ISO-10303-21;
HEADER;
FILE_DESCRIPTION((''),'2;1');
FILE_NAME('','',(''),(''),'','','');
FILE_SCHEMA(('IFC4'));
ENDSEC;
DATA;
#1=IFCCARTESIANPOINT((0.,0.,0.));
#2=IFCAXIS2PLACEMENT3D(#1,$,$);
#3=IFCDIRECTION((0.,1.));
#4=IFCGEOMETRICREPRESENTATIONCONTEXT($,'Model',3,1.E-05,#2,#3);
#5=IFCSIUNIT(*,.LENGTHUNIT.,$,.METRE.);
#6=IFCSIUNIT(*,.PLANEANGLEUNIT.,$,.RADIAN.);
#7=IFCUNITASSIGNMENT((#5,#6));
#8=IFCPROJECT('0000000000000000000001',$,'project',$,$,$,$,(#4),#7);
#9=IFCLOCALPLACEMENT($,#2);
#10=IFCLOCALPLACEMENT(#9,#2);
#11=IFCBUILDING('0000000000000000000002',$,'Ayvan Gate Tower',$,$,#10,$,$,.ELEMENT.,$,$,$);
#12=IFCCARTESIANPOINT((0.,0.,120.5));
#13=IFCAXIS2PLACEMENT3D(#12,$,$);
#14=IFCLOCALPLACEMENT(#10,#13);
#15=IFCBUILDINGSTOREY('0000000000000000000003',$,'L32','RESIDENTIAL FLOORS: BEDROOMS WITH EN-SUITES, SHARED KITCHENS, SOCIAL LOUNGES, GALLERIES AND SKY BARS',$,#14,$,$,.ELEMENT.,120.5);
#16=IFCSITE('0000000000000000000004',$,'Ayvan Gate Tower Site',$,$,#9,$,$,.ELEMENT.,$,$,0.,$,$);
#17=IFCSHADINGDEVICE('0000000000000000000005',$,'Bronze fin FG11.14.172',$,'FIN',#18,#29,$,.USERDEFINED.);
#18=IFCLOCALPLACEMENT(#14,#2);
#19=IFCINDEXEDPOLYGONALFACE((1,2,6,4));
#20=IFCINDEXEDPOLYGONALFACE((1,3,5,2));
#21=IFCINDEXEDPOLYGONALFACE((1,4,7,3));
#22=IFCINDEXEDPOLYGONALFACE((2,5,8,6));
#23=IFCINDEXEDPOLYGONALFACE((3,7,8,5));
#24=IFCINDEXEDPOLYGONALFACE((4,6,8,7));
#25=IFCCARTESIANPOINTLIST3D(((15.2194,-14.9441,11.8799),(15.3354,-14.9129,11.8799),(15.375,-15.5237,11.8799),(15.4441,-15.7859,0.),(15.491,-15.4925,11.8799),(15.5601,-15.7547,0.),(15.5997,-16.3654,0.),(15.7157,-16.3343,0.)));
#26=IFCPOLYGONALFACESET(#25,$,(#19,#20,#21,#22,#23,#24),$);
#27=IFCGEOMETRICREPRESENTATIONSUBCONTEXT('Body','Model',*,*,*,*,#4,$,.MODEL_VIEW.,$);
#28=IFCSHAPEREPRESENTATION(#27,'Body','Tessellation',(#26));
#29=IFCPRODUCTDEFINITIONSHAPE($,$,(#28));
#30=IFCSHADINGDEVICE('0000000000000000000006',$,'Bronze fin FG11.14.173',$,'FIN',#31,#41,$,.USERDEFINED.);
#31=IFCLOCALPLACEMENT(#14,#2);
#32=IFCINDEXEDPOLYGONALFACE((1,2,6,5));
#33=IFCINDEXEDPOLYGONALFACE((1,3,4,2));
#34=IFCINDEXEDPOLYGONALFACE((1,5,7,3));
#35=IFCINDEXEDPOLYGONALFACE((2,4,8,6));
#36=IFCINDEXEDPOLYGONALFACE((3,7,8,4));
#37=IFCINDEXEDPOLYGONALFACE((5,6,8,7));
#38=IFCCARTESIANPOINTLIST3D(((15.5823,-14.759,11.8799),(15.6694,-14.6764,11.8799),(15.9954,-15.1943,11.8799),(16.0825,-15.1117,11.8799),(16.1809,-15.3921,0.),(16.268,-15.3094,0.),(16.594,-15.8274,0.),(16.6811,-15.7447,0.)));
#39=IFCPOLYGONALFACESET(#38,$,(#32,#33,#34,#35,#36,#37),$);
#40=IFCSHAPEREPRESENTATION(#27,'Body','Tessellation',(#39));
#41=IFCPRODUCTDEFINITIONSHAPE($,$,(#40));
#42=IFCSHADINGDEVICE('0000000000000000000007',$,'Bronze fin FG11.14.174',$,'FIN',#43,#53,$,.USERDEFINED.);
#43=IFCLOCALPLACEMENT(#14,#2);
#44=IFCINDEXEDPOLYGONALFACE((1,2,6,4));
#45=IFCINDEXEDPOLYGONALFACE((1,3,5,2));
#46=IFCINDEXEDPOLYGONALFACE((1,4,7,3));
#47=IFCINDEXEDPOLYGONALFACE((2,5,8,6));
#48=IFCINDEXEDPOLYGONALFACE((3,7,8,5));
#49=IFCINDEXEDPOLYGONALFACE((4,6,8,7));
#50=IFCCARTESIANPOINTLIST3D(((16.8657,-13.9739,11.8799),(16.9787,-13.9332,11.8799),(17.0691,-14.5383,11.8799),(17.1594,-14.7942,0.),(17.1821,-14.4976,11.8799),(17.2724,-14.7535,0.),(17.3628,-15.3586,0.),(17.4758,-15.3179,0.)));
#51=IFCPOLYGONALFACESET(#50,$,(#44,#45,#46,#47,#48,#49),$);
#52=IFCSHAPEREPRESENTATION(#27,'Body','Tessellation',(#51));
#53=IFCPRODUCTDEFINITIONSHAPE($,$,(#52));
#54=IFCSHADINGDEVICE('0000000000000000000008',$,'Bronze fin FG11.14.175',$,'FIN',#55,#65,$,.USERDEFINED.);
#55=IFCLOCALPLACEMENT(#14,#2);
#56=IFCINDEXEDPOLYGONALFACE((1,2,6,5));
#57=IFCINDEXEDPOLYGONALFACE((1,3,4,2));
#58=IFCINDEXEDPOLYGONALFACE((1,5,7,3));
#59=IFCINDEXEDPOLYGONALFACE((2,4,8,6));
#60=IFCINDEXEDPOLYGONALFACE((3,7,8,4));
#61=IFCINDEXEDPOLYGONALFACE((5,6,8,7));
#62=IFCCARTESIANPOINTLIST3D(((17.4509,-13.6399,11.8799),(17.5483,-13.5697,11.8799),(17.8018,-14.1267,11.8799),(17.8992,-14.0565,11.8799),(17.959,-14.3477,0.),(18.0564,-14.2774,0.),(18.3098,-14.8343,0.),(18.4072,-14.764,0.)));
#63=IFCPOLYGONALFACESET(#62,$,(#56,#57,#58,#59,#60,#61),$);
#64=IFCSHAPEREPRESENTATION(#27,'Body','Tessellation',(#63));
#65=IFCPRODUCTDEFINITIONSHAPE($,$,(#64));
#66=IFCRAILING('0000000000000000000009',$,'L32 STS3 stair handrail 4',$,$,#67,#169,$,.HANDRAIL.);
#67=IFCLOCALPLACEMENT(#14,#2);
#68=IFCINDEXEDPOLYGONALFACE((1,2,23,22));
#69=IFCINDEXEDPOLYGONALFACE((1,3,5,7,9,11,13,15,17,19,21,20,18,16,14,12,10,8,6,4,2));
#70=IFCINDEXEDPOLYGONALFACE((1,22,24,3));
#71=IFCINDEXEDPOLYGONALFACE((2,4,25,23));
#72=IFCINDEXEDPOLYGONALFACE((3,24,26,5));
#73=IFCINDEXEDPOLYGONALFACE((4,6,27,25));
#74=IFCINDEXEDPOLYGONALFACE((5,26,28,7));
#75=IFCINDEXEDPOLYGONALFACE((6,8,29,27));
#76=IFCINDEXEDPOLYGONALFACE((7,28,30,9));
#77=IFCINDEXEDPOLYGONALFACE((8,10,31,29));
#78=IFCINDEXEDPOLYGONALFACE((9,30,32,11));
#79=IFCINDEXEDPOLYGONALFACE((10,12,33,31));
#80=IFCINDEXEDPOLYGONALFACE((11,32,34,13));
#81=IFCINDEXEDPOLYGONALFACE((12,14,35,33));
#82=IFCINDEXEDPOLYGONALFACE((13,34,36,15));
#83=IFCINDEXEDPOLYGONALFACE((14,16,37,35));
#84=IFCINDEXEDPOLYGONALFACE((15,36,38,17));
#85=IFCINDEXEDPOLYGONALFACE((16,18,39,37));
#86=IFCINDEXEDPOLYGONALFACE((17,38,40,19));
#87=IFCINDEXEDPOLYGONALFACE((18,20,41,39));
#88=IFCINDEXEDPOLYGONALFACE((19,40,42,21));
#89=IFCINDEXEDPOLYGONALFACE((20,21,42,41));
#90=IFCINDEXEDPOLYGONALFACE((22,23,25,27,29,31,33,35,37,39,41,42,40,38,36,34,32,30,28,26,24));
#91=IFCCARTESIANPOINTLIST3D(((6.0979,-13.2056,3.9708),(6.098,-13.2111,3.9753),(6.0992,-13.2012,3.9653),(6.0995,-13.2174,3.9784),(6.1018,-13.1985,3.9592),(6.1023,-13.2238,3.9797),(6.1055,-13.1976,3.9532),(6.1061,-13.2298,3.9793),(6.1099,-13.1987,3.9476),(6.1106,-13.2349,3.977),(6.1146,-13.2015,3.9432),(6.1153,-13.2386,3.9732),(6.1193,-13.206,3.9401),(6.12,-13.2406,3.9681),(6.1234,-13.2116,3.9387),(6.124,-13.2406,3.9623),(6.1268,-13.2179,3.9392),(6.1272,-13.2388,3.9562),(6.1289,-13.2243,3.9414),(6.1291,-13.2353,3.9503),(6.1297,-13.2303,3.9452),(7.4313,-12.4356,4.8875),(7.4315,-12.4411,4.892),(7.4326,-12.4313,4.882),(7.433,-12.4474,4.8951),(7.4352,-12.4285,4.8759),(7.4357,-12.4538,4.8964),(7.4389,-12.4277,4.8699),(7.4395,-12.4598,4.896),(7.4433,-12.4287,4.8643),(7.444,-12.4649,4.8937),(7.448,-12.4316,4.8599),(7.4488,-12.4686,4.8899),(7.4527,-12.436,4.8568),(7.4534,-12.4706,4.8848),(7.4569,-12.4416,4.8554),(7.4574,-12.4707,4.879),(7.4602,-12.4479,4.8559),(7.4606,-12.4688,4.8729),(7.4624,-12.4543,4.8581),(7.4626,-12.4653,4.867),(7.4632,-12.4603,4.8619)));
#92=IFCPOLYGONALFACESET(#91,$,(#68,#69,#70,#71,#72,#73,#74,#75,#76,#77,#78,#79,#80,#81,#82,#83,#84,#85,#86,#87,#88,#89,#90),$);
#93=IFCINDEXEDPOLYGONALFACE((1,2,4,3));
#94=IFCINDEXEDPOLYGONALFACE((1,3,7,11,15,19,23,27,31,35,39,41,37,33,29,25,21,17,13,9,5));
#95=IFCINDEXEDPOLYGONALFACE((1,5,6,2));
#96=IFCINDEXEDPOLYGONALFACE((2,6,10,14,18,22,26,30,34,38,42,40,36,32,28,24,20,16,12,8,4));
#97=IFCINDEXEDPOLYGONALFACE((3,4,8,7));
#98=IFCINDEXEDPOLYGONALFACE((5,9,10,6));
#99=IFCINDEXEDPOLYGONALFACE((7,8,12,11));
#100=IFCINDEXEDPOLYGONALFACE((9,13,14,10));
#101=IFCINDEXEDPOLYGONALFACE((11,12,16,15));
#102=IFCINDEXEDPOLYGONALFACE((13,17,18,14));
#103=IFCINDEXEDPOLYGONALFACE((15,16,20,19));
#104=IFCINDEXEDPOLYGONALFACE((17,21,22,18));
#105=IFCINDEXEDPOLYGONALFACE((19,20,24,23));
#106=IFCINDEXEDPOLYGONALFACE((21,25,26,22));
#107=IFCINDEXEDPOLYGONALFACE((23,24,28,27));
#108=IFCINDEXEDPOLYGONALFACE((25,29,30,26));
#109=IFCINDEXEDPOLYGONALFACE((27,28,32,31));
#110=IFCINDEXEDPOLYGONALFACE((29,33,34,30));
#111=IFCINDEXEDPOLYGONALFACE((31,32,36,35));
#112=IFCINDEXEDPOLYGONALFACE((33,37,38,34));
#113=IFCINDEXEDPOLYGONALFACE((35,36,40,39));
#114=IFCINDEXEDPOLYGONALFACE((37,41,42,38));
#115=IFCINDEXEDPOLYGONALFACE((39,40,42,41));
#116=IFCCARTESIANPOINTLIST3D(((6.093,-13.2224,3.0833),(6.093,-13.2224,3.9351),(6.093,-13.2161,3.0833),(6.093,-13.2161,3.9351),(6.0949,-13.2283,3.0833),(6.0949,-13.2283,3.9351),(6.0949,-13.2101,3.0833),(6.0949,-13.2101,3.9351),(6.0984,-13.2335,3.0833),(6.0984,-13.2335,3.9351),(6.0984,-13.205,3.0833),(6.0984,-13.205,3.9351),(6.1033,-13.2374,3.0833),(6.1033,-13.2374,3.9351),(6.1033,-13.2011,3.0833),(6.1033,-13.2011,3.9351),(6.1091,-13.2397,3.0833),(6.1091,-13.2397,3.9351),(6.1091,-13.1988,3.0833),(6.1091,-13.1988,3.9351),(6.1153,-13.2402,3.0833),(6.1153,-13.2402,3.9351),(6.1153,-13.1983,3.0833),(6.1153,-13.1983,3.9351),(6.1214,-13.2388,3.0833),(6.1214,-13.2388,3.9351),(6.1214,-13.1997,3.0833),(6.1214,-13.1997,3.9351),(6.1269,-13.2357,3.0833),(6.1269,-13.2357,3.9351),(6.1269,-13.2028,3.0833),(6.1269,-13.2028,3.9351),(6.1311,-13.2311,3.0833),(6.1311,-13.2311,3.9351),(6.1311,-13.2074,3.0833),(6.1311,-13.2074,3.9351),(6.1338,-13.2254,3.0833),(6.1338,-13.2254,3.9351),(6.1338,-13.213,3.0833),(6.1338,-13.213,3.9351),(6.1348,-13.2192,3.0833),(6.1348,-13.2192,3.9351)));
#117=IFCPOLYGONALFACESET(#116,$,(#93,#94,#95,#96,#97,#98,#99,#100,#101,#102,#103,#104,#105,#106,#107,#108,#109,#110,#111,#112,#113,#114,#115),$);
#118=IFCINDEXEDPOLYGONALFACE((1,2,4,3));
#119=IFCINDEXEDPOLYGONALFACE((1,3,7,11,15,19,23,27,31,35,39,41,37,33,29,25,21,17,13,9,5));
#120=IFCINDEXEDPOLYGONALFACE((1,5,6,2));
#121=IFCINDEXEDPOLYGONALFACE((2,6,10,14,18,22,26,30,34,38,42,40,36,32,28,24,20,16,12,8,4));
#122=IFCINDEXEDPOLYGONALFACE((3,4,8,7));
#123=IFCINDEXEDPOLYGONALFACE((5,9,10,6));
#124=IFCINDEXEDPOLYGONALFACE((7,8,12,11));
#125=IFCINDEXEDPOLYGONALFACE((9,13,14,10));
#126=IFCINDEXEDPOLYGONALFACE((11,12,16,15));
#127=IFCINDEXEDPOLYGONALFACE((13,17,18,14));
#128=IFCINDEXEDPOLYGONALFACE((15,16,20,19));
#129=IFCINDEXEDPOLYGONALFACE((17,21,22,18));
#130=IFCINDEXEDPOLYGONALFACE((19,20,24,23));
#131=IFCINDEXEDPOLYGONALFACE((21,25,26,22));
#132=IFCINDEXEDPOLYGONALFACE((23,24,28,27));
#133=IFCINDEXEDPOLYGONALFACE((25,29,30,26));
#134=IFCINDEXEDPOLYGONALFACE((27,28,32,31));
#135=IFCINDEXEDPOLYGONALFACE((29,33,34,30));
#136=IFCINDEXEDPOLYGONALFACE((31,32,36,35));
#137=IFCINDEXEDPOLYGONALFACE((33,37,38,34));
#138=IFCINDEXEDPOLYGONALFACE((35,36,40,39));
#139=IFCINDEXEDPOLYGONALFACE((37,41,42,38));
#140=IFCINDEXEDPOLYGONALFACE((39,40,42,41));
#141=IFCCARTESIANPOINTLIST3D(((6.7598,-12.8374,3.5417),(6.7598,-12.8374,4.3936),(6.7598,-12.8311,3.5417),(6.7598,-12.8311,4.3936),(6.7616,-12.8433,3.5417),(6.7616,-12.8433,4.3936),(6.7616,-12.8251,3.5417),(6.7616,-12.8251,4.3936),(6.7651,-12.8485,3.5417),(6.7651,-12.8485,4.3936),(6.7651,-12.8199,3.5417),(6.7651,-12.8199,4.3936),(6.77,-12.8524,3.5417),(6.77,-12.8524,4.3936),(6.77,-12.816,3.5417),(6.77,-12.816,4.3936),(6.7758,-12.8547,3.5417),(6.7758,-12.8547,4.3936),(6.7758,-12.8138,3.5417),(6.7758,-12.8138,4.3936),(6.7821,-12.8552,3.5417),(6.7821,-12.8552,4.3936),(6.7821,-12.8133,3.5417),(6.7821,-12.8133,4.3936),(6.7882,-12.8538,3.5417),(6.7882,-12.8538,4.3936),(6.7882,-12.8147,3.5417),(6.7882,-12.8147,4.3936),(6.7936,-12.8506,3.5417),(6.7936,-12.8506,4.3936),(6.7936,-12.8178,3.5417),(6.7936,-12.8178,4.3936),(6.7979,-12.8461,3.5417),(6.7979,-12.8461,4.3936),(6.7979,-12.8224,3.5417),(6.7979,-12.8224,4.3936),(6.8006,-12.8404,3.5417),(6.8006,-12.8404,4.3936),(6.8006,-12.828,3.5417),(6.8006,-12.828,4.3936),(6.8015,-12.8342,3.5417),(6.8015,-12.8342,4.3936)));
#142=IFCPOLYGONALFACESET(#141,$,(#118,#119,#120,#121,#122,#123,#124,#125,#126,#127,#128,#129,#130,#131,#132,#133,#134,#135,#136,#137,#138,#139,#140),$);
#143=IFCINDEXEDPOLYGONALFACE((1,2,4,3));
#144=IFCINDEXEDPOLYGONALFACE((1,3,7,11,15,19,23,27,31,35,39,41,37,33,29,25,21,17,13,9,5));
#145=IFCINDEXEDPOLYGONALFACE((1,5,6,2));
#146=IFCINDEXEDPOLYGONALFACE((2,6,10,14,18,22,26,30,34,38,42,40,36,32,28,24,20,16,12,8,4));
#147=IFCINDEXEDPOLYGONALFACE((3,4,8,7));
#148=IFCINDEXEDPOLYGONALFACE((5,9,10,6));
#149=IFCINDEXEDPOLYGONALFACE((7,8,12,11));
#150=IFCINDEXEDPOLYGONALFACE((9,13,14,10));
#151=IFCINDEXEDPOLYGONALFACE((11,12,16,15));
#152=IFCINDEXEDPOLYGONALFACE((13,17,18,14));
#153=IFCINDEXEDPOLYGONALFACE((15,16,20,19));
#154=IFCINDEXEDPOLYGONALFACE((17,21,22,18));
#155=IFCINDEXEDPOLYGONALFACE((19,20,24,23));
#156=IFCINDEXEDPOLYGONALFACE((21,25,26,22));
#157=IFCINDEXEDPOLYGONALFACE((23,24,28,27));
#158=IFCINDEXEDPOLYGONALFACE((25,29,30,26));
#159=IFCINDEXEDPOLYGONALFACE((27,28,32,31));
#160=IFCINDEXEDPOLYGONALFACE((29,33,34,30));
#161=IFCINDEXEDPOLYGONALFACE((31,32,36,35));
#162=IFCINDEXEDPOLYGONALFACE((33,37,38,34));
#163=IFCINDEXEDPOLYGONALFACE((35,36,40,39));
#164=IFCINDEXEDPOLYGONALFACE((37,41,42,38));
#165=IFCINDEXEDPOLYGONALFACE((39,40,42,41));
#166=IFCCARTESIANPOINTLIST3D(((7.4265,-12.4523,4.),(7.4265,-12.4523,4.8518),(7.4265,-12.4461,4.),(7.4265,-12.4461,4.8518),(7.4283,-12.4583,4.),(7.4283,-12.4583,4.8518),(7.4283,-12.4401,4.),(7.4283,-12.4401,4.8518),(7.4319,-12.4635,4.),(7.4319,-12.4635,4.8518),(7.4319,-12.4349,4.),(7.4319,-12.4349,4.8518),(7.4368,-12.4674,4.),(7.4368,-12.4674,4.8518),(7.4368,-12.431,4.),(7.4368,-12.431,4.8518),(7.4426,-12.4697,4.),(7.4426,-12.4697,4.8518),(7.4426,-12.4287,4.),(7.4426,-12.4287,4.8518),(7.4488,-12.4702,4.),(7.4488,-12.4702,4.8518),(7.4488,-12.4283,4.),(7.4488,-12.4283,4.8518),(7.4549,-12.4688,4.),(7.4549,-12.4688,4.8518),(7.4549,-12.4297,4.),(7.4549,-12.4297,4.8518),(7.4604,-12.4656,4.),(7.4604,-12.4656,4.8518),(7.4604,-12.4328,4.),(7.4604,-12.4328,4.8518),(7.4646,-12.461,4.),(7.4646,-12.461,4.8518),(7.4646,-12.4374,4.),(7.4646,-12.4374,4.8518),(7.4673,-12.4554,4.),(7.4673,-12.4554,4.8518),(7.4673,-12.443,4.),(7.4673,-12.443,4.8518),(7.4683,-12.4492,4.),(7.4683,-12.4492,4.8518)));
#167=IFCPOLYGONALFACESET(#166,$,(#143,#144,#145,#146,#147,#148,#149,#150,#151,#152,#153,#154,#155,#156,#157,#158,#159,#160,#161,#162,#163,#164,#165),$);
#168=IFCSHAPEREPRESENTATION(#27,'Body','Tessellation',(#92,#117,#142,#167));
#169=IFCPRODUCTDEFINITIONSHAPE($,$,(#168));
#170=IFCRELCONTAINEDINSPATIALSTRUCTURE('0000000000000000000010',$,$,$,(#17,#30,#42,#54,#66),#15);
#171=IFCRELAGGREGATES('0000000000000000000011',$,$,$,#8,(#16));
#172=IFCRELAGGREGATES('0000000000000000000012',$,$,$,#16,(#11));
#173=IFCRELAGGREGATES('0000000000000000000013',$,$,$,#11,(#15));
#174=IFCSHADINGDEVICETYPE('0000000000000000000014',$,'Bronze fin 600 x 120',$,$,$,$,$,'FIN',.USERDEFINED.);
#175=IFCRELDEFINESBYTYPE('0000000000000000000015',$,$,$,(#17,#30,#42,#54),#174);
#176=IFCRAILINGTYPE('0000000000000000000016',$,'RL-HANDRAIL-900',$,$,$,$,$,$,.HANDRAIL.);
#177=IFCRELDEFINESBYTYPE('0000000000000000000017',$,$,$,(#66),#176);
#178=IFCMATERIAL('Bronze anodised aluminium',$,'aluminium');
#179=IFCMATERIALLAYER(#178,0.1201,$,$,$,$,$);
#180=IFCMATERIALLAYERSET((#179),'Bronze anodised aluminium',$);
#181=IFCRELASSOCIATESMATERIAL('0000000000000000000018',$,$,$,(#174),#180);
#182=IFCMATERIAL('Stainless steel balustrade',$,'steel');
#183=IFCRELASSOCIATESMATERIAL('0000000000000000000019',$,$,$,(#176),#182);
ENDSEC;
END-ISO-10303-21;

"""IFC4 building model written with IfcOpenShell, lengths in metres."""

from ifc_helpers import new_model, si_unit, direction, frame, origin, origin_2d, place, context, subcontext, project, spatial, polyline, circle, outline, extrude, material, layer, layer_set, type_object, element, save


model = new_model("IFC4")

# Units and contexts
model_context = context("Model", 3, precision=1e-05, world=origin(), true_north=direction((0.0, 1.0)))
body_context = subcontext(model_context, "Body", "Model", "MODEL_VIEW")
ifc_project = project(units=[si_unit("LENGTHUNIT", "METRE"), si_unit("PLANEANGLEUNIT", "RADIAN")], contexts=[model_context])

# Site, building, storey
site_placement = place(None, origin())
site = spatial("IfcSite", under=ifc_project, at=site_placement, Name="Ayvan Gate Tower Site", CompositionType="ELEMENT", RefElevation=0.0)
building_placement = place(site_placement, origin())
building = spatial("IfcBuilding", under=site, at=building_placement, Name="Ayvan Gate Tower", CompositionType="ELEMENT")
storey_placement = place(building_placement, frame((0.0, 0.0, 120.5)))
storey = spatial("IfcBuildingStorey", under=building, at=storey_placement, Name="L32", Description="RESIDENTIAL FLOORS: BEDROOMS WITH EN-SUITES, SHARED KITCHENS, SOCIAL LOUNGES, GALLERIES AND SKY BARS", CompositionType="ELEMENT", Elevation=120.5)

# Shared definitions
ifc_material_1 = material(Name="Bronze anodised aluminium", Category="aluminium")

# Shading devices
ifc_layer_1 = layer(ifc_material_1, 0.1201)
ifc_layer_set_1 = layer_set([ifc_layer_1], Name="Bronze anodised aluminium")
shading_device_type = type_object("IfcShadingDeviceType", Name="Bronze fin 600 x 120", ElementType="FIN", PredefinedType="USERDEFINED", material=ifc_layer_set_1)
shading_device_1_placement = place(storey_placement, frame((15.4441, -15.7859, 0.0), z_axis=(-0.965784, -0.259346, 0.000107), x_axis=(0.259346, -0.965784, 0.0)))
element("IfcShadingDevice", 1, at=shading_device_1_placement, inside=storey, type_object=shading_device_type, Name="Bronze fin FG11.14.172", ObjectType="FIN", PredefinedType="USERDEFINED", context=body_context, shape_type="SweptSolid", body=[
    extrude(outline(polyline([(0.0, 0.0), (0.6001, 0.0), (-0.2712, 11.8799), (-0.8713, 11.8799), (0.0, 0.0)])), origin(), (0.0, 0.0, -1.0), 0.1201),
])
shading_device_2_placement = place(storey_placement, frame((16.1809, -15.3921, 0.0), z_axis=(-0.725375, -0.688354, 0.000129), x_axis=(0.688354, -0.725375, 0.0)))
element("IfcShadingDevice", 2, at=shading_device_2_placement, inside=storey, type_object=shading_device_type, Name="Bronze fin FG11.14.173", ObjectType="FIN", PredefinedType="USERDEFINED", context=body_context, shape_type="SweptSolid", body=[
    extrude(outline(polyline([(0.0, 0.0), (0.6001, 0.0), (-0.2712, 11.8799), (-0.8713, 11.8799), (0.0, 0.0)])), origin(), (0.0, 0.0, -1.0), 0.1201),
])
shading_device_3_placement = place(storey_placement, frame((17.1594, -14.7942, 0.0), z_axis=(-0.940799, -0.338964, 0.000147), x_axis=(0.338964, -0.940799, 0.0)))
element("IfcShadingDevice", 3, at=shading_device_3_placement, inside=storey, type_object=shading_device_type, Name="Bronze fin FG11.14.174", ObjectType="FIN", PredefinedType="USERDEFINED", context=body_context, shape_type="SweptSolid", body=[
    extrude(outline(polyline([(0.0, 0.0), (0.6, 0.0), (-0.2713, 11.8799), (-0.8713, 11.8799), (0.0, 0.0)])), origin(), (0.0, 0.0, -1.0), 0.1201),
])
shading_device_4_placement = place(storey_placement, frame((17.959, -14.3477, 0.0), z_axis=(-0.81121, -0.584755, 0.000139), x_axis=(0.584755, -0.81121, 0.0)))
element("IfcShadingDevice", 4, at=shading_device_4_placement, inside=storey, type_object=shading_device_type, Name="Bronze fin FG11.14.175", ObjectType="FIN", PredefinedType="USERDEFINED", context=body_context, shape_type="SweptSolid", body=[
    extrude(outline(polyline([(0.0, 0.0), (0.5999, 0.0), (-0.2712, 11.8799), (-0.8712, 11.8799), (0.0, 0.0)])), origin(), (0.0, 0.0, -1.0), 0.1201),
])

# Railing
ifc_material_2 = material(Name="Stainless steel balustrade", Category="steel")
railing_type = type_object("IfcRailingType", Name="RL-HANDRAIL-900", PredefinedType="HANDRAIL", material=ifc_material_2)
railing_placement = place(storey_placement, frame((6.1138, -13.2192, 3.0833)))
element("IfcRailing", 5, at=railing_placement, inside=storey, type_object=railing_type, Name="L32 STS3 stair handrail 4", PredefinedType="HANDRAIL", context=body_context, shape_type="SweptSolid", body=[
    extrude(circle(Radius=0.0239, at=origin_2d()), frame((0.0, 0.0, 0.876), z_axis=(0.744103, 0.429678, 0.511554), x_axis=(-0.500061, 0.86599, 0.0)), (0.0, 0.0, 1.0), 1.792),
    extrude(circle(Radius=0.021, at=origin_2d()), origin(), (0.0, 0.0, 1.0), 0.8518),
    extrude(circle(Radius=0.021, at=origin_2d()), frame((0.6667, 0.385, 0.4585)), (0.0, 0.0, 1.0), 0.8518),
    extrude(circle(Radius=0.021, at=origin_2d()), frame((1.3335, 0.77, 0.9167)), (0.0, 0.0, 1.0), 0.8518),
])

save(model, "model.ifc")
